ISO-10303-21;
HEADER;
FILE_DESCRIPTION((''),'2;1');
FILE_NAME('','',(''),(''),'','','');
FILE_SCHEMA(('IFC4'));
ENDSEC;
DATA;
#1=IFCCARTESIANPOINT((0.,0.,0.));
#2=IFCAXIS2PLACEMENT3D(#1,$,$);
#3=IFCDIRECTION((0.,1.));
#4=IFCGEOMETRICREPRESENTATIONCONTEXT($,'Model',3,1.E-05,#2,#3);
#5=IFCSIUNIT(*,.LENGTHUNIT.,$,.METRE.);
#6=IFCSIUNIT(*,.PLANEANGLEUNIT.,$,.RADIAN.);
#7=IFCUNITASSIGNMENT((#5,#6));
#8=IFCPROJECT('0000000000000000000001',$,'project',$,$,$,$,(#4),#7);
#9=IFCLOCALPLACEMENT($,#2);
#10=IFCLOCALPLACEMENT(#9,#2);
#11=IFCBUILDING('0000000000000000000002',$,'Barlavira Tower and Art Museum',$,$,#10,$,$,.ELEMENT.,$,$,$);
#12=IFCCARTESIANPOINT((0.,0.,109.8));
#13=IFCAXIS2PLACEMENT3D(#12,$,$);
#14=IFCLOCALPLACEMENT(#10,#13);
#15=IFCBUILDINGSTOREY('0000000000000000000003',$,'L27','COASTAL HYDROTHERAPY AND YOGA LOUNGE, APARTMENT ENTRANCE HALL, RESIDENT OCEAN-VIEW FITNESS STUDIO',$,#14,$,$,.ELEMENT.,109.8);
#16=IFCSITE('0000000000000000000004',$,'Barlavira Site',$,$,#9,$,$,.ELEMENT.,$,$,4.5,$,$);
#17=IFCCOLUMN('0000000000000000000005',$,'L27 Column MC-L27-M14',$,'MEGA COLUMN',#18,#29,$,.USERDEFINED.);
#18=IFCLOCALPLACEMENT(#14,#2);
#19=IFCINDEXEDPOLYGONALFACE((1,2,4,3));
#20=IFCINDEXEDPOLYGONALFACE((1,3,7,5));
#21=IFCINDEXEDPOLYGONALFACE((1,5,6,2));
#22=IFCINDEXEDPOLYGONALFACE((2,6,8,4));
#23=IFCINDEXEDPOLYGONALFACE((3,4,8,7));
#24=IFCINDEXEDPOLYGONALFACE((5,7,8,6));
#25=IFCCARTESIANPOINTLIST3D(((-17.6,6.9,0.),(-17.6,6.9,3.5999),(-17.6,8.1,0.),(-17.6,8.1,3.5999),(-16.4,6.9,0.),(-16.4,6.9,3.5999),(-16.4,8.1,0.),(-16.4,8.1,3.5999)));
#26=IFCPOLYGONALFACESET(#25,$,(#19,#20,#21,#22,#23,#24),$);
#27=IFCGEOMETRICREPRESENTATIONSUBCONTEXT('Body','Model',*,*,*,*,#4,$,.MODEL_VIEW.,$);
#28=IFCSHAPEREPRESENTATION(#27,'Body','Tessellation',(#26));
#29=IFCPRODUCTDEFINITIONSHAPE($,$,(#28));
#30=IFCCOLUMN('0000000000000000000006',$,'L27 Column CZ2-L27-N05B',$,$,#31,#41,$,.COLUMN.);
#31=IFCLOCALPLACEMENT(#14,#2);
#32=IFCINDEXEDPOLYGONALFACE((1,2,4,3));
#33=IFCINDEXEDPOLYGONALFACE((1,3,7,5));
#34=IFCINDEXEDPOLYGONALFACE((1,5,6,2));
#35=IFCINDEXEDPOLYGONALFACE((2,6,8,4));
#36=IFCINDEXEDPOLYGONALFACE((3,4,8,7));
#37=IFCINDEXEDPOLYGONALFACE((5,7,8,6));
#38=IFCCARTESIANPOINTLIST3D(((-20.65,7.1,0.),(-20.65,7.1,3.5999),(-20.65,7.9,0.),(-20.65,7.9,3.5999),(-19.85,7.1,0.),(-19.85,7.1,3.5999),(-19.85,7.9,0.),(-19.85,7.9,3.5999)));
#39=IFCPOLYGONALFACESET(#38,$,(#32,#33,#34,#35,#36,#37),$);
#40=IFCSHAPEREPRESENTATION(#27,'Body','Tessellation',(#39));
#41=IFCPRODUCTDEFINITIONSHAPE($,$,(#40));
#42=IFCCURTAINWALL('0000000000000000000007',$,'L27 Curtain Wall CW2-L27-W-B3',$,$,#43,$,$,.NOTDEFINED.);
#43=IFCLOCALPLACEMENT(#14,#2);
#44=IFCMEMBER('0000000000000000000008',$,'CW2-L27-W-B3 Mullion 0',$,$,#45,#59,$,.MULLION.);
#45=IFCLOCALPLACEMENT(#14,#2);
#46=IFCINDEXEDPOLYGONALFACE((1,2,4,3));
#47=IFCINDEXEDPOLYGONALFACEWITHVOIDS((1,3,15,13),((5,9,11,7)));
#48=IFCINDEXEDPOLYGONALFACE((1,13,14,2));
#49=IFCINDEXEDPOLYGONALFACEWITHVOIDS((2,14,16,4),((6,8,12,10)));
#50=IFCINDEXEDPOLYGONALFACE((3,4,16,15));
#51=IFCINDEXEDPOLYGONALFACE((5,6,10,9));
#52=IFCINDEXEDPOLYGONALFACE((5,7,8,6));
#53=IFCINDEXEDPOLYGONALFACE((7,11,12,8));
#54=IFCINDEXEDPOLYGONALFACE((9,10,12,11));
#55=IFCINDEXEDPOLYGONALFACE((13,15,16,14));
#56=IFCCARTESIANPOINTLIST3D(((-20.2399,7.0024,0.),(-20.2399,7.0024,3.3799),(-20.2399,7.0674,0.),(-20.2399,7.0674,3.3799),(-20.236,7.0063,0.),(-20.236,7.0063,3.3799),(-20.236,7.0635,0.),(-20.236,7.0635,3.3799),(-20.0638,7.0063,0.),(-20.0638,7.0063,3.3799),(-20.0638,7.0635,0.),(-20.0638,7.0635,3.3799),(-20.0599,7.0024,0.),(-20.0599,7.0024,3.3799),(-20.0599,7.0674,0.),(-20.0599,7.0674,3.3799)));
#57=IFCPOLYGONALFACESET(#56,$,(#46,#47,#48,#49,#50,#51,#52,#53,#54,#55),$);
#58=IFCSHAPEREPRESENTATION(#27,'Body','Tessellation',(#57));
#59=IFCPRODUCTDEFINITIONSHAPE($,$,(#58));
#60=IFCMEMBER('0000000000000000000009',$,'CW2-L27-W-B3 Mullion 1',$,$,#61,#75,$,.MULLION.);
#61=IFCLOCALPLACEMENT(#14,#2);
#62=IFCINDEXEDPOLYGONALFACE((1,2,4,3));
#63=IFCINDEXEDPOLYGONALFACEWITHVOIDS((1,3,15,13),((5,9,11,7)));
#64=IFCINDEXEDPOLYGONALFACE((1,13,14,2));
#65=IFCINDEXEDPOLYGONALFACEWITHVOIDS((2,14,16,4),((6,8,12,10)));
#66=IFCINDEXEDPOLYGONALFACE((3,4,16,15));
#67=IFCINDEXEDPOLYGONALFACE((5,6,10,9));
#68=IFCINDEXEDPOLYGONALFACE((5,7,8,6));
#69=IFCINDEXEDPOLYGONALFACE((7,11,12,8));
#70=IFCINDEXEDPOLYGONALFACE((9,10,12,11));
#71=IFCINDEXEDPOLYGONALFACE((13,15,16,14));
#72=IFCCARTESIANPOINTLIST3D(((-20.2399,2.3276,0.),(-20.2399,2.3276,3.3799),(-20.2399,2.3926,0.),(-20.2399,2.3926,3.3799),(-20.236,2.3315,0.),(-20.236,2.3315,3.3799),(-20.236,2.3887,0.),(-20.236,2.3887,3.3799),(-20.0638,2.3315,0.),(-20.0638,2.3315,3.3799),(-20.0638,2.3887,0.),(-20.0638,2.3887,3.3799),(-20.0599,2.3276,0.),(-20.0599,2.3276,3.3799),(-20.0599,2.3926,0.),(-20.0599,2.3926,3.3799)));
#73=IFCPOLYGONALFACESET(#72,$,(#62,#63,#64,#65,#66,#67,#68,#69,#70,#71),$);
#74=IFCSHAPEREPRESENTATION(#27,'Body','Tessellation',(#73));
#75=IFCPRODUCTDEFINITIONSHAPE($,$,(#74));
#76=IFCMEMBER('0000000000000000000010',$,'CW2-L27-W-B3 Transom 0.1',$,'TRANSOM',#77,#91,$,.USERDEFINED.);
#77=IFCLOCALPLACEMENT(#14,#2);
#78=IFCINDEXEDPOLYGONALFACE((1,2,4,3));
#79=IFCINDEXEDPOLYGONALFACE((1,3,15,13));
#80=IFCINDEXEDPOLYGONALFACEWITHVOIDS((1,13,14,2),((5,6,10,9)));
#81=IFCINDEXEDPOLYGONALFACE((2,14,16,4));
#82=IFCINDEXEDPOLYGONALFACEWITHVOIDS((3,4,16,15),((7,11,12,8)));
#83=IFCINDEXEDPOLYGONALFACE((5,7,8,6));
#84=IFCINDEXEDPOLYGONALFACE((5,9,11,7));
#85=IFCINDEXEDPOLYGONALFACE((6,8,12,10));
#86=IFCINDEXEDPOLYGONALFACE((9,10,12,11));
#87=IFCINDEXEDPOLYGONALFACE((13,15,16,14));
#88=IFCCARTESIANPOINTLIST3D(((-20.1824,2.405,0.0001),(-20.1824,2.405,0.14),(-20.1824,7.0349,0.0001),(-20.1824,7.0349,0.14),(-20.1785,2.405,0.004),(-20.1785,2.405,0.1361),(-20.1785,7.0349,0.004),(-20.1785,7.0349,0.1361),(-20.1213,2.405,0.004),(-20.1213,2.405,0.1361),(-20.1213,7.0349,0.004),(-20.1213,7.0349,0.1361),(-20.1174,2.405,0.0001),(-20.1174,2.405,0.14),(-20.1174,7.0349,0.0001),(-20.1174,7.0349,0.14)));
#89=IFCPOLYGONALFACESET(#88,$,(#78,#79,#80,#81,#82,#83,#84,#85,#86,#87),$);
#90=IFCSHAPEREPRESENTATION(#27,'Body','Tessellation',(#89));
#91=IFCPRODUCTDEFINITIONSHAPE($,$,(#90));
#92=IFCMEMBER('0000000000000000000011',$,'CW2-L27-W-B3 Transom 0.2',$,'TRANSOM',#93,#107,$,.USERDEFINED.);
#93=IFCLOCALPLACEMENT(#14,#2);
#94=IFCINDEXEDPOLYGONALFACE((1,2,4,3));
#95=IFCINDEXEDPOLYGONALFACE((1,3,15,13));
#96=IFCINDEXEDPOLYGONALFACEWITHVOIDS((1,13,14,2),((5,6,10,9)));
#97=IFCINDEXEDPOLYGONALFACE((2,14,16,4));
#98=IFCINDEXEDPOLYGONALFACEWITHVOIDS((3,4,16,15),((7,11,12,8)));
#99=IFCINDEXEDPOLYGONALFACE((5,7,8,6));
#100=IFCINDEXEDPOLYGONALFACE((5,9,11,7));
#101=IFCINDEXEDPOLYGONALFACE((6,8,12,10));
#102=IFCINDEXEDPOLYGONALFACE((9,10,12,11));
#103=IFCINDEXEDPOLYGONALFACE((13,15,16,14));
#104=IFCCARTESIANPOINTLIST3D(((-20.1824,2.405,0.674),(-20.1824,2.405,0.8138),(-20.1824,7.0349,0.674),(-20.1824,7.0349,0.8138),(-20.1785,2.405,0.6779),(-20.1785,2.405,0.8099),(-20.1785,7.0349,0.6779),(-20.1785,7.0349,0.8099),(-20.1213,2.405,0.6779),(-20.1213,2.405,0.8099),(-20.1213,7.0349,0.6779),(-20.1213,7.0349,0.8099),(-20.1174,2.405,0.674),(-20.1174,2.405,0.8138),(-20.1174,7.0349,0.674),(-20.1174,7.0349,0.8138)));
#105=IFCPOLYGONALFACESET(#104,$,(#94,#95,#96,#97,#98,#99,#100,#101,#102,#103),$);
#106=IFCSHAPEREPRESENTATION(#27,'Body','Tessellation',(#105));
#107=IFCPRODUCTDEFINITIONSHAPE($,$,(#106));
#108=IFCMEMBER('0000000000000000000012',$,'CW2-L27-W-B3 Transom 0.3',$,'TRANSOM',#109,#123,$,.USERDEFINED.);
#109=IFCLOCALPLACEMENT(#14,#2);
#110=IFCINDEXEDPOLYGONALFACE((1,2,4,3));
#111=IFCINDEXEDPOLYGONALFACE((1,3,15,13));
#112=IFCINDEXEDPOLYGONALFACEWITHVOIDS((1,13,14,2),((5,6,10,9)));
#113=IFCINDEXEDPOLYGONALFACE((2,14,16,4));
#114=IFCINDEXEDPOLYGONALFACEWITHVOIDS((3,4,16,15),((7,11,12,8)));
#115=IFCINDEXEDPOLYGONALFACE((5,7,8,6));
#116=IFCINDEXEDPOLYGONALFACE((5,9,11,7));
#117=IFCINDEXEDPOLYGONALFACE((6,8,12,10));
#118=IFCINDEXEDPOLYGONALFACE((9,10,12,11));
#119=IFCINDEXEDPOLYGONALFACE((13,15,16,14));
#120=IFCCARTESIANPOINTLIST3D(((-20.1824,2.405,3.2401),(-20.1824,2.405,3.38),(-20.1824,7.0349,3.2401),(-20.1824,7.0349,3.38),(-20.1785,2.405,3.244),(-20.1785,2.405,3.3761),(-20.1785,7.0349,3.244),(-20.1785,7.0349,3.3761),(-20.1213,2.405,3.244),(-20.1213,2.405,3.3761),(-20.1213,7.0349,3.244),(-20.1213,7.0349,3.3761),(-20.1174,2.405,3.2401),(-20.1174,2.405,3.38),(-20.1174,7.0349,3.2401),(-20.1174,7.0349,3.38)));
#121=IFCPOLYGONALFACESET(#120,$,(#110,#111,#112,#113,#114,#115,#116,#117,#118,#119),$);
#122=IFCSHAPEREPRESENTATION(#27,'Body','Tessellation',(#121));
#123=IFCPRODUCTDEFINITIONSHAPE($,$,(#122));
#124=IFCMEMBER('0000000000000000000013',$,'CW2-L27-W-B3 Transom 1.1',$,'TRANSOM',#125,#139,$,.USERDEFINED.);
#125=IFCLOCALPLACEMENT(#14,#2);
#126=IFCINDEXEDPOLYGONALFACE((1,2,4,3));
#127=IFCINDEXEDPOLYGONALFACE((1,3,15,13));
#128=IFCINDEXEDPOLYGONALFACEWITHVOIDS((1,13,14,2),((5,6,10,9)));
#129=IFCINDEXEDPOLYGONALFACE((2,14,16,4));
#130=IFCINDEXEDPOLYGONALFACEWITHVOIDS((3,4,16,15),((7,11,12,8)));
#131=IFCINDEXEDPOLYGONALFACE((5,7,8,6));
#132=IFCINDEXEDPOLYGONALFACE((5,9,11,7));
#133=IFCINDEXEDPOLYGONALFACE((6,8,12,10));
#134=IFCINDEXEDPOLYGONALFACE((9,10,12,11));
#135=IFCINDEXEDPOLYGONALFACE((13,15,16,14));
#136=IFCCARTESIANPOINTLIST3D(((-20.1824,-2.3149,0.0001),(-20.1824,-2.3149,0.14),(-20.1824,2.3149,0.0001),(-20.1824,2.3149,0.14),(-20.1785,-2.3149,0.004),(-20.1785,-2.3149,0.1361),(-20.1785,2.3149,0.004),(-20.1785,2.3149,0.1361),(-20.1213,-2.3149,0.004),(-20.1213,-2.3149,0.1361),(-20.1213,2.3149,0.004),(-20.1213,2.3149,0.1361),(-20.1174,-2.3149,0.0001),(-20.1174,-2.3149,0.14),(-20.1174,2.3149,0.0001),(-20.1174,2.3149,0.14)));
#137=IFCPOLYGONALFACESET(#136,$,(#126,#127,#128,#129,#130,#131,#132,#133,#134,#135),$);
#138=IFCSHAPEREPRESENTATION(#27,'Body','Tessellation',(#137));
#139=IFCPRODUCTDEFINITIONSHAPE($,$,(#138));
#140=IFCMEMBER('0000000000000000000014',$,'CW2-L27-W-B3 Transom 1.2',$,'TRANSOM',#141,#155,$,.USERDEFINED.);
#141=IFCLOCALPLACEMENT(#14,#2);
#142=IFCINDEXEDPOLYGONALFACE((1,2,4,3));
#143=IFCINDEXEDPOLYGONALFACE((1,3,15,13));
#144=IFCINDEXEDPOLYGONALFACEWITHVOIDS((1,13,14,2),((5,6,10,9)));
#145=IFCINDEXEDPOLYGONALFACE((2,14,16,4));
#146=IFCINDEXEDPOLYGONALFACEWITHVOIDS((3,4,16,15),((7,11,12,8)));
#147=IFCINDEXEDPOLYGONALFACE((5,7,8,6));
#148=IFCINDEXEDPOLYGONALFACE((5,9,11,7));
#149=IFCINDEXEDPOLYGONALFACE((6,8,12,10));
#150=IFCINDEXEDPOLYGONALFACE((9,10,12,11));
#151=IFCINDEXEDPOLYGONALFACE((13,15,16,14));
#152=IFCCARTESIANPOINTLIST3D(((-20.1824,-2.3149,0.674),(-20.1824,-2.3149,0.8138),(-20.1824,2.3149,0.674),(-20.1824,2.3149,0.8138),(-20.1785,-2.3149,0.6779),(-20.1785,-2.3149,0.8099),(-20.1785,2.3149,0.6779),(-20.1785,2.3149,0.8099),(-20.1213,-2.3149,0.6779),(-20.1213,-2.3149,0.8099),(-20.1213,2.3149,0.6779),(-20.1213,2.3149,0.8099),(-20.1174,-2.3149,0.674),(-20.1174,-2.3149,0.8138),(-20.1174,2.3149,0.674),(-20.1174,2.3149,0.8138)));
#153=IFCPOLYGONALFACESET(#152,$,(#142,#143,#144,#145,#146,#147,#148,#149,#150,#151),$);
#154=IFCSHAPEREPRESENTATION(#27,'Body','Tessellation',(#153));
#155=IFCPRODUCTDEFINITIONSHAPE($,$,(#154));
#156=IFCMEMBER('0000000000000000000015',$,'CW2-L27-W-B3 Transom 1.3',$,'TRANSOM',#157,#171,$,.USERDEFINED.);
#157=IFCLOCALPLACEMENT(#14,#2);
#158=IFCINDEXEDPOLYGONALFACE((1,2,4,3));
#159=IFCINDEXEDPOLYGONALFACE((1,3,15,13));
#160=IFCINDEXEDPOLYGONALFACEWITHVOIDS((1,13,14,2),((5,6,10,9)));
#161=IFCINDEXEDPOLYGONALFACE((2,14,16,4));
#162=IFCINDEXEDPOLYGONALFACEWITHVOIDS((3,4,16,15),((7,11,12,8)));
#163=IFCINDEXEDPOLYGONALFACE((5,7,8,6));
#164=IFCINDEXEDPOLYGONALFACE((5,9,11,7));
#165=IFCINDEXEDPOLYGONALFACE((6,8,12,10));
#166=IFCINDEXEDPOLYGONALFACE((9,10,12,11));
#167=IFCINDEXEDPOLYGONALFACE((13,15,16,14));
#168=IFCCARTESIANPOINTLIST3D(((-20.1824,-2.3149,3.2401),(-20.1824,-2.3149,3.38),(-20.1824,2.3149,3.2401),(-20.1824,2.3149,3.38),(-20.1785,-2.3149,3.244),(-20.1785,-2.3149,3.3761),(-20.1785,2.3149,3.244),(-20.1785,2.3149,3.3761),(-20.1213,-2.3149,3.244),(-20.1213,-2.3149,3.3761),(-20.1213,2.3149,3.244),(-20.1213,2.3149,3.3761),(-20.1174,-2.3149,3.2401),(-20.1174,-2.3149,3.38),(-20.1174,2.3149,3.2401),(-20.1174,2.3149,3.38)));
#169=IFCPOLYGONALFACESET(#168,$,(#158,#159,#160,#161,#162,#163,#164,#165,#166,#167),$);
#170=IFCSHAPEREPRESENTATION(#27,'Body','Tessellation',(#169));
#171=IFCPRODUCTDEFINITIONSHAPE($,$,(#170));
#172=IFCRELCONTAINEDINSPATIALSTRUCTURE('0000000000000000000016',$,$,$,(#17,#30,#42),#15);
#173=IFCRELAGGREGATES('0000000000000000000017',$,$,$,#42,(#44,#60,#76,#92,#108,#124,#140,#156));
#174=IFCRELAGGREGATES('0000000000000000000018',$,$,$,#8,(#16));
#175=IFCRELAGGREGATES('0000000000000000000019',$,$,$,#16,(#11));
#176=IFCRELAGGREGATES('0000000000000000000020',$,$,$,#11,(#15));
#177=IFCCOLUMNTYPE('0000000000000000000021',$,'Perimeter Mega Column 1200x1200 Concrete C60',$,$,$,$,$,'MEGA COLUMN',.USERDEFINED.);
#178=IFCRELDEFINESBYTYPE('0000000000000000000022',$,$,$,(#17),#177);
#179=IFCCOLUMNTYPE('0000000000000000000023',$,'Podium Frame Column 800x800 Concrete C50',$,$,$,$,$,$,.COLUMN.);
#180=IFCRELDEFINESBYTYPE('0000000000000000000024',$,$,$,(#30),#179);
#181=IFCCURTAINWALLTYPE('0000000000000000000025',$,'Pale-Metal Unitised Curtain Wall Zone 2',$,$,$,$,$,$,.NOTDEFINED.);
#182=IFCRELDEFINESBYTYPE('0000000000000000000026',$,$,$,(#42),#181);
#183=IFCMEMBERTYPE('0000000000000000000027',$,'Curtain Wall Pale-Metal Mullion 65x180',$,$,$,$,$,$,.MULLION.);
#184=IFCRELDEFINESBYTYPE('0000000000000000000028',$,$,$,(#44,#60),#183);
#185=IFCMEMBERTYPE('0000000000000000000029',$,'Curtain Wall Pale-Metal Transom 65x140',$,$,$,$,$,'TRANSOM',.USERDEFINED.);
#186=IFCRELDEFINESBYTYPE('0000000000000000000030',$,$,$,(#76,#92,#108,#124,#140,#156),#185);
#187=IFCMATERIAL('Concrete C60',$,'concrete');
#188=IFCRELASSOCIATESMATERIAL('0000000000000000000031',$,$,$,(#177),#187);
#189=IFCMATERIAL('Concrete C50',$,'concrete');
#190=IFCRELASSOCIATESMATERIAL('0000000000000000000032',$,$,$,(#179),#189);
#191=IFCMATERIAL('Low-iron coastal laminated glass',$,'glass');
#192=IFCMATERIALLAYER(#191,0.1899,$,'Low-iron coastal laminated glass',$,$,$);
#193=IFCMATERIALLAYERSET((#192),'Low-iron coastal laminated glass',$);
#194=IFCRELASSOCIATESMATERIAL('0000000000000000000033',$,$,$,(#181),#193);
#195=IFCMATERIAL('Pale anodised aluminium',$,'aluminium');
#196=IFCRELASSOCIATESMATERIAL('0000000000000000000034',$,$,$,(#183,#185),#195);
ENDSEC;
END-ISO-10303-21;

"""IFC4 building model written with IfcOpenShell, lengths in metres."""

from ifc_helpers import new_model, si_unit, direction, frame, origin, origin_2d, place, context, subcontext, project, spatial, rectangle, hollow_rectangle, extrude, material, layer, layer_set, material_profile, profile_set, type_object, element, aggregate, save


model = new_model("IFC4")

# Units and contexts
model_context = context("Model", 3, precision=1e-05, world=origin(), true_north=direction((0.0, 1.0)))
body_context = subcontext(model_context, "Body", "Model", "MODEL_VIEW")
ifc_project = project(units=[si_unit("LENGTHUNIT", "METRE"), si_unit("PLANEANGLEUNIT", "RADIAN")], contexts=[model_context])

# Site, building, storey
site_placement = place(None, origin())
site = spatial("IfcSite", under=ifc_project, at=site_placement, Name="Barlavira Site", CompositionType="ELEMENT", RefElevation=4.5)
building_placement = place(site_placement, origin())
building = spatial("IfcBuilding", under=site, at=building_placement, Name="Barlavira Tower and Art Museum", CompositionType="ELEMENT")
storey_placement = place(building_placement, frame((0.0, 0.0, 109.8)))
storey = spatial("IfcBuildingStorey", under=building, at=storey_placement, Name="L27", Description="COASTAL HYDROTHERAPY AND YOGA LOUNGE, APARTMENT ENTRANCE HALL, RESIDENT OCEAN-VIEW FITNESS STUDIO", CompositionType="ELEMENT", Elevation=109.8)

# Columns
ifc_material_1 = material(Name="Concrete C60", Category="concrete")
ifc_material_profile_1 = material_profile(ifc_material_1, rectangle(XDim=1.2, YDim=1.2, at=origin_2d()), Name="RC-COL 1200x1200")
ifc_profile_set_1 = profile_set([ifc_material_profile_1], Name="Concrete C60")
column_type_1 = type_object("IfcColumnType", Name="Perimeter Mega Column 1200x1200 Concrete C60", ElementType="MEGA COLUMN", PredefinedType="USERDEFINED", material=ifc_profile_set_1)
column_1_placement = place(storey_placement, frame((-17.0, 7.5, 0.0), z_axis=(0.0, 0.0, 1.0), x_axis=(1.0, 0.0, 0.0)))
element("IfcColumn", 1, at=column_1_placement, inside=storey, type_object=column_type_1, Name="L27 Column MC-L27-M14", ObjectType="MEGA COLUMN", PredefinedType="USERDEFINED", context=body_context, shape_type="SweptSolid", body=[
    extrude(rectangle(XDim=1.2, YDim=1.2, at=origin_2d()), origin(), (0.0, 0.0, 1.0), 3.5999),
])
ifc_material_2 = material(Name="Concrete C50", Category="concrete")
ifc_material_profile_2 = material_profile(ifc_material_2, rectangle(XDim=0.8, YDim=0.8, at=origin_2d()), Name="RC-COL 800x800")
ifc_profile_set_2 = profile_set([ifc_material_profile_2], Name="Concrete C50")
column_type_2 = type_object("IfcColumnType", Name="Podium Frame Column 800x800 Concrete C50", PredefinedType="COLUMN", material=ifc_profile_set_2)
column_2_placement = place(storey_placement, frame((-20.25, 7.5, 0.0), z_axis=(0.0, 0.0, 1.0), x_axis=(1.0, 0.0, 0.0)))
element("IfcColumn", 2, at=column_2_placement, inside=storey, type_object=column_type_2, Name="L27 Column CZ2-L27-N05B", PredefinedType="COLUMN", context=body_context, shape_type="SweptSolid", body=[
    extrude(rectangle(XDim=0.8, YDim=0.8, at=origin_2d()), origin(), (0.0, 0.0, 1.0), 3.5999),
])

# Curtain wall, members
ifc_material_3 = material(Name="Low-iron coastal laminated glass", Category="glass")
ifc_layer_1 = layer(ifc_material_3, 0.1899, Name="Low-iron coastal laminated glass")
ifc_layer_set_1 = layer_set([ifc_layer_1], Name="Low-iron coastal laminated glass")
curtain_wall_type = type_object("IfcCurtainWallType", Name="Pale-Metal Unitised Curtain Wall Zone 2", PredefinedType="NOTDEFINED", material=ifc_layer_set_1)
curtain_wall_placement = place(storey_placement, origin())
curtain_wall = element("IfcCurtainWall", 3, at=curtain_wall_placement, inside=storey, type_object=curtain_wall_type, Name="L27 Curtain Wall CW2-L27-W-B3", PredefinedType="NOTDEFINED")
ifc_material_4 = material(Name="Pale anodised aluminium", Category="aluminium")
ifc_material_profile_3 = material_profile(ifc_material_4, hollow_rectangle(XDim=0.0649, YDim=0.1799, WallThickness=0.0039, at=origin_2d()), Name="ALU-MULL 65x180x4")
ifc_profile_set_3 = profile_set([ifc_material_profile_3], Name="Pale anodised aluminium")
member_type_1 = type_object("IfcMemberType", Name="Curtain Wall Pale-Metal Mullion 65x180", PredefinedType="MULLION", material=ifc_profile_set_3)
member_1_placement = place(storey_placement, frame((-20.1499, 7.0349, 0.0), z_axis=(0.0, 0.0, 1.0), x_axis=(0.0, -1.0, 0.0)))
member_1 = element("IfcMember", 4, at=member_1_placement, type_object=member_type_1, Name="CW2-L27-W-B3 Mullion 0", PredefinedType="MULLION", context=body_context, shape_type="SweptSolid", body=[
    extrude(hollow_rectangle(XDim=0.0649, YDim=0.1799, WallThickness=0.0039, at=origin_2d()), origin(), (0.0, 0.0, 1.0), 3.3799),
])
member_2_placement = place(storey_placement, frame((-20.1499, 2.3601, 0.0), z_axis=(0.0, 0.0, 1.0), x_axis=(0.0, -1.0, 0.0)))
member_2 = element("IfcMember", 5, at=member_2_placement, type_object=member_type_1, Name="CW2-L27-W-B3 Mullion 1", PredefinedType="MULLION", context=body_context, shape_type="SweptSolid", body=[
    extrude(hollow_rectangle(XDim=0.0649, YDim=0.1799, WallThickness=0.0039, at=origin_2d()), origin(), (0.0, 0.0, 1.0), 3.3799),
])
ifc_material_profile_4 = material_profile(ifc_material_4, hollow_rectangle(XDim=0.0649, YDim=0.1399, WallThickness=0.0039, at=origin_2d()), Name="ALU-TRAN 65x140x4")
ifc_profile_set_4 = profile_set([ifc_material_profile_4], Name="Pale anodised aluminium")
member_type_2 = type_object("IfcMemberType", Name="Curtain Wall Pale-Metal Transom 65x140", ElementType="TRANSOM", PredefinedType="USERDEFINED", material=ifc_profile_set_4)
member_3_placement = place(storey_placement, frame((-20.1499, 7.0349, 0.0701), z_axis=(0.0, -1.0, 0.0), x_axis=(1.0, 0.0, 0.0)))
member_3 = element("IfcMember", 6, at=member_3_placement, type_object=member_type_2, Name="CW2-L27-W-B3 Transom 0.1", ObjectType="TRANSOM", PredefinedType="USERDEFINED", context=body_context, shape_type="SweptSolid", body=[
    extrude(hollow_rectangle(XDim=0.0649, YDim=0.1399, WallThickness=0.0039, at=origin_2d()), origin(), (0.0, 0.0, 1.0), 4.6299),
])
member_4_placement = place(storey_placement, frame((-20.1499, 7.0349, 0.7439), z_axis=(0.0, -1.0, 0.0), x_axis=(1.0, 0.0, 0.0)))
member_4 = element("IfcMember", 7, at=member_4_placement, type_object=member_type_2, Name="CW2-L27-W-B3 Transom 0.2", ObjectType="TRANSOM", PredefinedType="USERDEFINED", context=body_context, shape_type="SweptSolid", body=[
    extrude(hollow_rectangle(XDim=0.0649, YDim=0.1399, WallThickness=0.0039, at=origin_2d()), origin(), (0.0, 0.0, 1.0), 4.6299),
])
member_5_placement = place(storey_placement, frame((-20.1499, 7.0349, 3.3101), z_axis=(0.0, -1.0, 0.0), x_axis=(1.0, 0.0, 0.0)))
member_5 = element("IfcMember", 8, at=member_5_placement, type_object=member_type_2, Name="CW2-L27-W-B3 Transom 0.3", ObjectType="TRANSOM", PredefinedType="USERDEFINED", context=body_context, shape_type="SweptSolid", body=[
    extrude(hollow_rectangle(XDim=0.0649, YDim=0.1399, WallThickness=0.0039, at=origin_2d()), origin(), (0.0, 0.0, 1.0), 4.6299),
])
member_6_placement = place(storey_placement, frame((-20.1499, 2.3149, 0.0701), z_axis=(0.0, -1.0, 0.0), x_axis=(1.0, 0.0, 0.0)))
member_6 = element("IfcMember", 9, at=member_6_placement, type_object=member_type_2, Name="CW2-L27-W-B3 Transom 1.1", ObjectType="TRANSOM", PredefinedType="USERDEFINED", context=body_context, shape_type="SweptSolid", body=[
    extrude(hollow_rectangle(XDim=0.0649, YDim=0.1399, WallThickness=0.0039, at=origin_2d()), origin(), (0.0, 0.0, 1.0), 4.6299),
])
member_7_placement = place(storey_placement, frame((-20.1499, 2.3149, 0.7439), z_axis=(0.0, -1.0, 0.0), x_axis=(1.0, 0.0, 0.0)))
member_7 = element("IfcMember", 10, at=member_7_placement, type_object=member_type_2, Name="CW2-L27-W-B3 Transom 1.2", ObjectType="TRANSOM", PredefinedType="USERDEFINED", context=body_context, shape_type="SweptSolid", body=[
    extrude(hollow_rectangle(XDim=0.0649, YDim=0.1399, WallThickness=0.0039, at=origin_2d()), origin(), (0.0, 0.0, 1.0), 4.6299),
])
member_8_placement = place(storey_placement, frame((-20.1499, 2.3149, 3.3101), z_axis=(0.0, -1.0, 0.0), x_axis=(1.0, 0.0, 0.0)))
member_8 = element("IfcMember", 11, at=member_8_placement, type_object=member_type_2, Name="CW2-L27-W-B3 Transom 1.3", ObjectType="TRANSOM", PredefinedType="USERDEFINED", context=body_context, shape_type="SweptSolid", body=[
    extrude(hollow_rectangle(XDim=0.0649, YDim=0.1399, WallThickness=0.0039, at=origin_2d()), origin(), (0.0, 0.0, 1.0), 4.6299),
])

aggregate(curtain_wall, [member_1, member_2, member_3, member_4, member_5, member_6, member_7, member_8])

save(model, "model.ifc")
